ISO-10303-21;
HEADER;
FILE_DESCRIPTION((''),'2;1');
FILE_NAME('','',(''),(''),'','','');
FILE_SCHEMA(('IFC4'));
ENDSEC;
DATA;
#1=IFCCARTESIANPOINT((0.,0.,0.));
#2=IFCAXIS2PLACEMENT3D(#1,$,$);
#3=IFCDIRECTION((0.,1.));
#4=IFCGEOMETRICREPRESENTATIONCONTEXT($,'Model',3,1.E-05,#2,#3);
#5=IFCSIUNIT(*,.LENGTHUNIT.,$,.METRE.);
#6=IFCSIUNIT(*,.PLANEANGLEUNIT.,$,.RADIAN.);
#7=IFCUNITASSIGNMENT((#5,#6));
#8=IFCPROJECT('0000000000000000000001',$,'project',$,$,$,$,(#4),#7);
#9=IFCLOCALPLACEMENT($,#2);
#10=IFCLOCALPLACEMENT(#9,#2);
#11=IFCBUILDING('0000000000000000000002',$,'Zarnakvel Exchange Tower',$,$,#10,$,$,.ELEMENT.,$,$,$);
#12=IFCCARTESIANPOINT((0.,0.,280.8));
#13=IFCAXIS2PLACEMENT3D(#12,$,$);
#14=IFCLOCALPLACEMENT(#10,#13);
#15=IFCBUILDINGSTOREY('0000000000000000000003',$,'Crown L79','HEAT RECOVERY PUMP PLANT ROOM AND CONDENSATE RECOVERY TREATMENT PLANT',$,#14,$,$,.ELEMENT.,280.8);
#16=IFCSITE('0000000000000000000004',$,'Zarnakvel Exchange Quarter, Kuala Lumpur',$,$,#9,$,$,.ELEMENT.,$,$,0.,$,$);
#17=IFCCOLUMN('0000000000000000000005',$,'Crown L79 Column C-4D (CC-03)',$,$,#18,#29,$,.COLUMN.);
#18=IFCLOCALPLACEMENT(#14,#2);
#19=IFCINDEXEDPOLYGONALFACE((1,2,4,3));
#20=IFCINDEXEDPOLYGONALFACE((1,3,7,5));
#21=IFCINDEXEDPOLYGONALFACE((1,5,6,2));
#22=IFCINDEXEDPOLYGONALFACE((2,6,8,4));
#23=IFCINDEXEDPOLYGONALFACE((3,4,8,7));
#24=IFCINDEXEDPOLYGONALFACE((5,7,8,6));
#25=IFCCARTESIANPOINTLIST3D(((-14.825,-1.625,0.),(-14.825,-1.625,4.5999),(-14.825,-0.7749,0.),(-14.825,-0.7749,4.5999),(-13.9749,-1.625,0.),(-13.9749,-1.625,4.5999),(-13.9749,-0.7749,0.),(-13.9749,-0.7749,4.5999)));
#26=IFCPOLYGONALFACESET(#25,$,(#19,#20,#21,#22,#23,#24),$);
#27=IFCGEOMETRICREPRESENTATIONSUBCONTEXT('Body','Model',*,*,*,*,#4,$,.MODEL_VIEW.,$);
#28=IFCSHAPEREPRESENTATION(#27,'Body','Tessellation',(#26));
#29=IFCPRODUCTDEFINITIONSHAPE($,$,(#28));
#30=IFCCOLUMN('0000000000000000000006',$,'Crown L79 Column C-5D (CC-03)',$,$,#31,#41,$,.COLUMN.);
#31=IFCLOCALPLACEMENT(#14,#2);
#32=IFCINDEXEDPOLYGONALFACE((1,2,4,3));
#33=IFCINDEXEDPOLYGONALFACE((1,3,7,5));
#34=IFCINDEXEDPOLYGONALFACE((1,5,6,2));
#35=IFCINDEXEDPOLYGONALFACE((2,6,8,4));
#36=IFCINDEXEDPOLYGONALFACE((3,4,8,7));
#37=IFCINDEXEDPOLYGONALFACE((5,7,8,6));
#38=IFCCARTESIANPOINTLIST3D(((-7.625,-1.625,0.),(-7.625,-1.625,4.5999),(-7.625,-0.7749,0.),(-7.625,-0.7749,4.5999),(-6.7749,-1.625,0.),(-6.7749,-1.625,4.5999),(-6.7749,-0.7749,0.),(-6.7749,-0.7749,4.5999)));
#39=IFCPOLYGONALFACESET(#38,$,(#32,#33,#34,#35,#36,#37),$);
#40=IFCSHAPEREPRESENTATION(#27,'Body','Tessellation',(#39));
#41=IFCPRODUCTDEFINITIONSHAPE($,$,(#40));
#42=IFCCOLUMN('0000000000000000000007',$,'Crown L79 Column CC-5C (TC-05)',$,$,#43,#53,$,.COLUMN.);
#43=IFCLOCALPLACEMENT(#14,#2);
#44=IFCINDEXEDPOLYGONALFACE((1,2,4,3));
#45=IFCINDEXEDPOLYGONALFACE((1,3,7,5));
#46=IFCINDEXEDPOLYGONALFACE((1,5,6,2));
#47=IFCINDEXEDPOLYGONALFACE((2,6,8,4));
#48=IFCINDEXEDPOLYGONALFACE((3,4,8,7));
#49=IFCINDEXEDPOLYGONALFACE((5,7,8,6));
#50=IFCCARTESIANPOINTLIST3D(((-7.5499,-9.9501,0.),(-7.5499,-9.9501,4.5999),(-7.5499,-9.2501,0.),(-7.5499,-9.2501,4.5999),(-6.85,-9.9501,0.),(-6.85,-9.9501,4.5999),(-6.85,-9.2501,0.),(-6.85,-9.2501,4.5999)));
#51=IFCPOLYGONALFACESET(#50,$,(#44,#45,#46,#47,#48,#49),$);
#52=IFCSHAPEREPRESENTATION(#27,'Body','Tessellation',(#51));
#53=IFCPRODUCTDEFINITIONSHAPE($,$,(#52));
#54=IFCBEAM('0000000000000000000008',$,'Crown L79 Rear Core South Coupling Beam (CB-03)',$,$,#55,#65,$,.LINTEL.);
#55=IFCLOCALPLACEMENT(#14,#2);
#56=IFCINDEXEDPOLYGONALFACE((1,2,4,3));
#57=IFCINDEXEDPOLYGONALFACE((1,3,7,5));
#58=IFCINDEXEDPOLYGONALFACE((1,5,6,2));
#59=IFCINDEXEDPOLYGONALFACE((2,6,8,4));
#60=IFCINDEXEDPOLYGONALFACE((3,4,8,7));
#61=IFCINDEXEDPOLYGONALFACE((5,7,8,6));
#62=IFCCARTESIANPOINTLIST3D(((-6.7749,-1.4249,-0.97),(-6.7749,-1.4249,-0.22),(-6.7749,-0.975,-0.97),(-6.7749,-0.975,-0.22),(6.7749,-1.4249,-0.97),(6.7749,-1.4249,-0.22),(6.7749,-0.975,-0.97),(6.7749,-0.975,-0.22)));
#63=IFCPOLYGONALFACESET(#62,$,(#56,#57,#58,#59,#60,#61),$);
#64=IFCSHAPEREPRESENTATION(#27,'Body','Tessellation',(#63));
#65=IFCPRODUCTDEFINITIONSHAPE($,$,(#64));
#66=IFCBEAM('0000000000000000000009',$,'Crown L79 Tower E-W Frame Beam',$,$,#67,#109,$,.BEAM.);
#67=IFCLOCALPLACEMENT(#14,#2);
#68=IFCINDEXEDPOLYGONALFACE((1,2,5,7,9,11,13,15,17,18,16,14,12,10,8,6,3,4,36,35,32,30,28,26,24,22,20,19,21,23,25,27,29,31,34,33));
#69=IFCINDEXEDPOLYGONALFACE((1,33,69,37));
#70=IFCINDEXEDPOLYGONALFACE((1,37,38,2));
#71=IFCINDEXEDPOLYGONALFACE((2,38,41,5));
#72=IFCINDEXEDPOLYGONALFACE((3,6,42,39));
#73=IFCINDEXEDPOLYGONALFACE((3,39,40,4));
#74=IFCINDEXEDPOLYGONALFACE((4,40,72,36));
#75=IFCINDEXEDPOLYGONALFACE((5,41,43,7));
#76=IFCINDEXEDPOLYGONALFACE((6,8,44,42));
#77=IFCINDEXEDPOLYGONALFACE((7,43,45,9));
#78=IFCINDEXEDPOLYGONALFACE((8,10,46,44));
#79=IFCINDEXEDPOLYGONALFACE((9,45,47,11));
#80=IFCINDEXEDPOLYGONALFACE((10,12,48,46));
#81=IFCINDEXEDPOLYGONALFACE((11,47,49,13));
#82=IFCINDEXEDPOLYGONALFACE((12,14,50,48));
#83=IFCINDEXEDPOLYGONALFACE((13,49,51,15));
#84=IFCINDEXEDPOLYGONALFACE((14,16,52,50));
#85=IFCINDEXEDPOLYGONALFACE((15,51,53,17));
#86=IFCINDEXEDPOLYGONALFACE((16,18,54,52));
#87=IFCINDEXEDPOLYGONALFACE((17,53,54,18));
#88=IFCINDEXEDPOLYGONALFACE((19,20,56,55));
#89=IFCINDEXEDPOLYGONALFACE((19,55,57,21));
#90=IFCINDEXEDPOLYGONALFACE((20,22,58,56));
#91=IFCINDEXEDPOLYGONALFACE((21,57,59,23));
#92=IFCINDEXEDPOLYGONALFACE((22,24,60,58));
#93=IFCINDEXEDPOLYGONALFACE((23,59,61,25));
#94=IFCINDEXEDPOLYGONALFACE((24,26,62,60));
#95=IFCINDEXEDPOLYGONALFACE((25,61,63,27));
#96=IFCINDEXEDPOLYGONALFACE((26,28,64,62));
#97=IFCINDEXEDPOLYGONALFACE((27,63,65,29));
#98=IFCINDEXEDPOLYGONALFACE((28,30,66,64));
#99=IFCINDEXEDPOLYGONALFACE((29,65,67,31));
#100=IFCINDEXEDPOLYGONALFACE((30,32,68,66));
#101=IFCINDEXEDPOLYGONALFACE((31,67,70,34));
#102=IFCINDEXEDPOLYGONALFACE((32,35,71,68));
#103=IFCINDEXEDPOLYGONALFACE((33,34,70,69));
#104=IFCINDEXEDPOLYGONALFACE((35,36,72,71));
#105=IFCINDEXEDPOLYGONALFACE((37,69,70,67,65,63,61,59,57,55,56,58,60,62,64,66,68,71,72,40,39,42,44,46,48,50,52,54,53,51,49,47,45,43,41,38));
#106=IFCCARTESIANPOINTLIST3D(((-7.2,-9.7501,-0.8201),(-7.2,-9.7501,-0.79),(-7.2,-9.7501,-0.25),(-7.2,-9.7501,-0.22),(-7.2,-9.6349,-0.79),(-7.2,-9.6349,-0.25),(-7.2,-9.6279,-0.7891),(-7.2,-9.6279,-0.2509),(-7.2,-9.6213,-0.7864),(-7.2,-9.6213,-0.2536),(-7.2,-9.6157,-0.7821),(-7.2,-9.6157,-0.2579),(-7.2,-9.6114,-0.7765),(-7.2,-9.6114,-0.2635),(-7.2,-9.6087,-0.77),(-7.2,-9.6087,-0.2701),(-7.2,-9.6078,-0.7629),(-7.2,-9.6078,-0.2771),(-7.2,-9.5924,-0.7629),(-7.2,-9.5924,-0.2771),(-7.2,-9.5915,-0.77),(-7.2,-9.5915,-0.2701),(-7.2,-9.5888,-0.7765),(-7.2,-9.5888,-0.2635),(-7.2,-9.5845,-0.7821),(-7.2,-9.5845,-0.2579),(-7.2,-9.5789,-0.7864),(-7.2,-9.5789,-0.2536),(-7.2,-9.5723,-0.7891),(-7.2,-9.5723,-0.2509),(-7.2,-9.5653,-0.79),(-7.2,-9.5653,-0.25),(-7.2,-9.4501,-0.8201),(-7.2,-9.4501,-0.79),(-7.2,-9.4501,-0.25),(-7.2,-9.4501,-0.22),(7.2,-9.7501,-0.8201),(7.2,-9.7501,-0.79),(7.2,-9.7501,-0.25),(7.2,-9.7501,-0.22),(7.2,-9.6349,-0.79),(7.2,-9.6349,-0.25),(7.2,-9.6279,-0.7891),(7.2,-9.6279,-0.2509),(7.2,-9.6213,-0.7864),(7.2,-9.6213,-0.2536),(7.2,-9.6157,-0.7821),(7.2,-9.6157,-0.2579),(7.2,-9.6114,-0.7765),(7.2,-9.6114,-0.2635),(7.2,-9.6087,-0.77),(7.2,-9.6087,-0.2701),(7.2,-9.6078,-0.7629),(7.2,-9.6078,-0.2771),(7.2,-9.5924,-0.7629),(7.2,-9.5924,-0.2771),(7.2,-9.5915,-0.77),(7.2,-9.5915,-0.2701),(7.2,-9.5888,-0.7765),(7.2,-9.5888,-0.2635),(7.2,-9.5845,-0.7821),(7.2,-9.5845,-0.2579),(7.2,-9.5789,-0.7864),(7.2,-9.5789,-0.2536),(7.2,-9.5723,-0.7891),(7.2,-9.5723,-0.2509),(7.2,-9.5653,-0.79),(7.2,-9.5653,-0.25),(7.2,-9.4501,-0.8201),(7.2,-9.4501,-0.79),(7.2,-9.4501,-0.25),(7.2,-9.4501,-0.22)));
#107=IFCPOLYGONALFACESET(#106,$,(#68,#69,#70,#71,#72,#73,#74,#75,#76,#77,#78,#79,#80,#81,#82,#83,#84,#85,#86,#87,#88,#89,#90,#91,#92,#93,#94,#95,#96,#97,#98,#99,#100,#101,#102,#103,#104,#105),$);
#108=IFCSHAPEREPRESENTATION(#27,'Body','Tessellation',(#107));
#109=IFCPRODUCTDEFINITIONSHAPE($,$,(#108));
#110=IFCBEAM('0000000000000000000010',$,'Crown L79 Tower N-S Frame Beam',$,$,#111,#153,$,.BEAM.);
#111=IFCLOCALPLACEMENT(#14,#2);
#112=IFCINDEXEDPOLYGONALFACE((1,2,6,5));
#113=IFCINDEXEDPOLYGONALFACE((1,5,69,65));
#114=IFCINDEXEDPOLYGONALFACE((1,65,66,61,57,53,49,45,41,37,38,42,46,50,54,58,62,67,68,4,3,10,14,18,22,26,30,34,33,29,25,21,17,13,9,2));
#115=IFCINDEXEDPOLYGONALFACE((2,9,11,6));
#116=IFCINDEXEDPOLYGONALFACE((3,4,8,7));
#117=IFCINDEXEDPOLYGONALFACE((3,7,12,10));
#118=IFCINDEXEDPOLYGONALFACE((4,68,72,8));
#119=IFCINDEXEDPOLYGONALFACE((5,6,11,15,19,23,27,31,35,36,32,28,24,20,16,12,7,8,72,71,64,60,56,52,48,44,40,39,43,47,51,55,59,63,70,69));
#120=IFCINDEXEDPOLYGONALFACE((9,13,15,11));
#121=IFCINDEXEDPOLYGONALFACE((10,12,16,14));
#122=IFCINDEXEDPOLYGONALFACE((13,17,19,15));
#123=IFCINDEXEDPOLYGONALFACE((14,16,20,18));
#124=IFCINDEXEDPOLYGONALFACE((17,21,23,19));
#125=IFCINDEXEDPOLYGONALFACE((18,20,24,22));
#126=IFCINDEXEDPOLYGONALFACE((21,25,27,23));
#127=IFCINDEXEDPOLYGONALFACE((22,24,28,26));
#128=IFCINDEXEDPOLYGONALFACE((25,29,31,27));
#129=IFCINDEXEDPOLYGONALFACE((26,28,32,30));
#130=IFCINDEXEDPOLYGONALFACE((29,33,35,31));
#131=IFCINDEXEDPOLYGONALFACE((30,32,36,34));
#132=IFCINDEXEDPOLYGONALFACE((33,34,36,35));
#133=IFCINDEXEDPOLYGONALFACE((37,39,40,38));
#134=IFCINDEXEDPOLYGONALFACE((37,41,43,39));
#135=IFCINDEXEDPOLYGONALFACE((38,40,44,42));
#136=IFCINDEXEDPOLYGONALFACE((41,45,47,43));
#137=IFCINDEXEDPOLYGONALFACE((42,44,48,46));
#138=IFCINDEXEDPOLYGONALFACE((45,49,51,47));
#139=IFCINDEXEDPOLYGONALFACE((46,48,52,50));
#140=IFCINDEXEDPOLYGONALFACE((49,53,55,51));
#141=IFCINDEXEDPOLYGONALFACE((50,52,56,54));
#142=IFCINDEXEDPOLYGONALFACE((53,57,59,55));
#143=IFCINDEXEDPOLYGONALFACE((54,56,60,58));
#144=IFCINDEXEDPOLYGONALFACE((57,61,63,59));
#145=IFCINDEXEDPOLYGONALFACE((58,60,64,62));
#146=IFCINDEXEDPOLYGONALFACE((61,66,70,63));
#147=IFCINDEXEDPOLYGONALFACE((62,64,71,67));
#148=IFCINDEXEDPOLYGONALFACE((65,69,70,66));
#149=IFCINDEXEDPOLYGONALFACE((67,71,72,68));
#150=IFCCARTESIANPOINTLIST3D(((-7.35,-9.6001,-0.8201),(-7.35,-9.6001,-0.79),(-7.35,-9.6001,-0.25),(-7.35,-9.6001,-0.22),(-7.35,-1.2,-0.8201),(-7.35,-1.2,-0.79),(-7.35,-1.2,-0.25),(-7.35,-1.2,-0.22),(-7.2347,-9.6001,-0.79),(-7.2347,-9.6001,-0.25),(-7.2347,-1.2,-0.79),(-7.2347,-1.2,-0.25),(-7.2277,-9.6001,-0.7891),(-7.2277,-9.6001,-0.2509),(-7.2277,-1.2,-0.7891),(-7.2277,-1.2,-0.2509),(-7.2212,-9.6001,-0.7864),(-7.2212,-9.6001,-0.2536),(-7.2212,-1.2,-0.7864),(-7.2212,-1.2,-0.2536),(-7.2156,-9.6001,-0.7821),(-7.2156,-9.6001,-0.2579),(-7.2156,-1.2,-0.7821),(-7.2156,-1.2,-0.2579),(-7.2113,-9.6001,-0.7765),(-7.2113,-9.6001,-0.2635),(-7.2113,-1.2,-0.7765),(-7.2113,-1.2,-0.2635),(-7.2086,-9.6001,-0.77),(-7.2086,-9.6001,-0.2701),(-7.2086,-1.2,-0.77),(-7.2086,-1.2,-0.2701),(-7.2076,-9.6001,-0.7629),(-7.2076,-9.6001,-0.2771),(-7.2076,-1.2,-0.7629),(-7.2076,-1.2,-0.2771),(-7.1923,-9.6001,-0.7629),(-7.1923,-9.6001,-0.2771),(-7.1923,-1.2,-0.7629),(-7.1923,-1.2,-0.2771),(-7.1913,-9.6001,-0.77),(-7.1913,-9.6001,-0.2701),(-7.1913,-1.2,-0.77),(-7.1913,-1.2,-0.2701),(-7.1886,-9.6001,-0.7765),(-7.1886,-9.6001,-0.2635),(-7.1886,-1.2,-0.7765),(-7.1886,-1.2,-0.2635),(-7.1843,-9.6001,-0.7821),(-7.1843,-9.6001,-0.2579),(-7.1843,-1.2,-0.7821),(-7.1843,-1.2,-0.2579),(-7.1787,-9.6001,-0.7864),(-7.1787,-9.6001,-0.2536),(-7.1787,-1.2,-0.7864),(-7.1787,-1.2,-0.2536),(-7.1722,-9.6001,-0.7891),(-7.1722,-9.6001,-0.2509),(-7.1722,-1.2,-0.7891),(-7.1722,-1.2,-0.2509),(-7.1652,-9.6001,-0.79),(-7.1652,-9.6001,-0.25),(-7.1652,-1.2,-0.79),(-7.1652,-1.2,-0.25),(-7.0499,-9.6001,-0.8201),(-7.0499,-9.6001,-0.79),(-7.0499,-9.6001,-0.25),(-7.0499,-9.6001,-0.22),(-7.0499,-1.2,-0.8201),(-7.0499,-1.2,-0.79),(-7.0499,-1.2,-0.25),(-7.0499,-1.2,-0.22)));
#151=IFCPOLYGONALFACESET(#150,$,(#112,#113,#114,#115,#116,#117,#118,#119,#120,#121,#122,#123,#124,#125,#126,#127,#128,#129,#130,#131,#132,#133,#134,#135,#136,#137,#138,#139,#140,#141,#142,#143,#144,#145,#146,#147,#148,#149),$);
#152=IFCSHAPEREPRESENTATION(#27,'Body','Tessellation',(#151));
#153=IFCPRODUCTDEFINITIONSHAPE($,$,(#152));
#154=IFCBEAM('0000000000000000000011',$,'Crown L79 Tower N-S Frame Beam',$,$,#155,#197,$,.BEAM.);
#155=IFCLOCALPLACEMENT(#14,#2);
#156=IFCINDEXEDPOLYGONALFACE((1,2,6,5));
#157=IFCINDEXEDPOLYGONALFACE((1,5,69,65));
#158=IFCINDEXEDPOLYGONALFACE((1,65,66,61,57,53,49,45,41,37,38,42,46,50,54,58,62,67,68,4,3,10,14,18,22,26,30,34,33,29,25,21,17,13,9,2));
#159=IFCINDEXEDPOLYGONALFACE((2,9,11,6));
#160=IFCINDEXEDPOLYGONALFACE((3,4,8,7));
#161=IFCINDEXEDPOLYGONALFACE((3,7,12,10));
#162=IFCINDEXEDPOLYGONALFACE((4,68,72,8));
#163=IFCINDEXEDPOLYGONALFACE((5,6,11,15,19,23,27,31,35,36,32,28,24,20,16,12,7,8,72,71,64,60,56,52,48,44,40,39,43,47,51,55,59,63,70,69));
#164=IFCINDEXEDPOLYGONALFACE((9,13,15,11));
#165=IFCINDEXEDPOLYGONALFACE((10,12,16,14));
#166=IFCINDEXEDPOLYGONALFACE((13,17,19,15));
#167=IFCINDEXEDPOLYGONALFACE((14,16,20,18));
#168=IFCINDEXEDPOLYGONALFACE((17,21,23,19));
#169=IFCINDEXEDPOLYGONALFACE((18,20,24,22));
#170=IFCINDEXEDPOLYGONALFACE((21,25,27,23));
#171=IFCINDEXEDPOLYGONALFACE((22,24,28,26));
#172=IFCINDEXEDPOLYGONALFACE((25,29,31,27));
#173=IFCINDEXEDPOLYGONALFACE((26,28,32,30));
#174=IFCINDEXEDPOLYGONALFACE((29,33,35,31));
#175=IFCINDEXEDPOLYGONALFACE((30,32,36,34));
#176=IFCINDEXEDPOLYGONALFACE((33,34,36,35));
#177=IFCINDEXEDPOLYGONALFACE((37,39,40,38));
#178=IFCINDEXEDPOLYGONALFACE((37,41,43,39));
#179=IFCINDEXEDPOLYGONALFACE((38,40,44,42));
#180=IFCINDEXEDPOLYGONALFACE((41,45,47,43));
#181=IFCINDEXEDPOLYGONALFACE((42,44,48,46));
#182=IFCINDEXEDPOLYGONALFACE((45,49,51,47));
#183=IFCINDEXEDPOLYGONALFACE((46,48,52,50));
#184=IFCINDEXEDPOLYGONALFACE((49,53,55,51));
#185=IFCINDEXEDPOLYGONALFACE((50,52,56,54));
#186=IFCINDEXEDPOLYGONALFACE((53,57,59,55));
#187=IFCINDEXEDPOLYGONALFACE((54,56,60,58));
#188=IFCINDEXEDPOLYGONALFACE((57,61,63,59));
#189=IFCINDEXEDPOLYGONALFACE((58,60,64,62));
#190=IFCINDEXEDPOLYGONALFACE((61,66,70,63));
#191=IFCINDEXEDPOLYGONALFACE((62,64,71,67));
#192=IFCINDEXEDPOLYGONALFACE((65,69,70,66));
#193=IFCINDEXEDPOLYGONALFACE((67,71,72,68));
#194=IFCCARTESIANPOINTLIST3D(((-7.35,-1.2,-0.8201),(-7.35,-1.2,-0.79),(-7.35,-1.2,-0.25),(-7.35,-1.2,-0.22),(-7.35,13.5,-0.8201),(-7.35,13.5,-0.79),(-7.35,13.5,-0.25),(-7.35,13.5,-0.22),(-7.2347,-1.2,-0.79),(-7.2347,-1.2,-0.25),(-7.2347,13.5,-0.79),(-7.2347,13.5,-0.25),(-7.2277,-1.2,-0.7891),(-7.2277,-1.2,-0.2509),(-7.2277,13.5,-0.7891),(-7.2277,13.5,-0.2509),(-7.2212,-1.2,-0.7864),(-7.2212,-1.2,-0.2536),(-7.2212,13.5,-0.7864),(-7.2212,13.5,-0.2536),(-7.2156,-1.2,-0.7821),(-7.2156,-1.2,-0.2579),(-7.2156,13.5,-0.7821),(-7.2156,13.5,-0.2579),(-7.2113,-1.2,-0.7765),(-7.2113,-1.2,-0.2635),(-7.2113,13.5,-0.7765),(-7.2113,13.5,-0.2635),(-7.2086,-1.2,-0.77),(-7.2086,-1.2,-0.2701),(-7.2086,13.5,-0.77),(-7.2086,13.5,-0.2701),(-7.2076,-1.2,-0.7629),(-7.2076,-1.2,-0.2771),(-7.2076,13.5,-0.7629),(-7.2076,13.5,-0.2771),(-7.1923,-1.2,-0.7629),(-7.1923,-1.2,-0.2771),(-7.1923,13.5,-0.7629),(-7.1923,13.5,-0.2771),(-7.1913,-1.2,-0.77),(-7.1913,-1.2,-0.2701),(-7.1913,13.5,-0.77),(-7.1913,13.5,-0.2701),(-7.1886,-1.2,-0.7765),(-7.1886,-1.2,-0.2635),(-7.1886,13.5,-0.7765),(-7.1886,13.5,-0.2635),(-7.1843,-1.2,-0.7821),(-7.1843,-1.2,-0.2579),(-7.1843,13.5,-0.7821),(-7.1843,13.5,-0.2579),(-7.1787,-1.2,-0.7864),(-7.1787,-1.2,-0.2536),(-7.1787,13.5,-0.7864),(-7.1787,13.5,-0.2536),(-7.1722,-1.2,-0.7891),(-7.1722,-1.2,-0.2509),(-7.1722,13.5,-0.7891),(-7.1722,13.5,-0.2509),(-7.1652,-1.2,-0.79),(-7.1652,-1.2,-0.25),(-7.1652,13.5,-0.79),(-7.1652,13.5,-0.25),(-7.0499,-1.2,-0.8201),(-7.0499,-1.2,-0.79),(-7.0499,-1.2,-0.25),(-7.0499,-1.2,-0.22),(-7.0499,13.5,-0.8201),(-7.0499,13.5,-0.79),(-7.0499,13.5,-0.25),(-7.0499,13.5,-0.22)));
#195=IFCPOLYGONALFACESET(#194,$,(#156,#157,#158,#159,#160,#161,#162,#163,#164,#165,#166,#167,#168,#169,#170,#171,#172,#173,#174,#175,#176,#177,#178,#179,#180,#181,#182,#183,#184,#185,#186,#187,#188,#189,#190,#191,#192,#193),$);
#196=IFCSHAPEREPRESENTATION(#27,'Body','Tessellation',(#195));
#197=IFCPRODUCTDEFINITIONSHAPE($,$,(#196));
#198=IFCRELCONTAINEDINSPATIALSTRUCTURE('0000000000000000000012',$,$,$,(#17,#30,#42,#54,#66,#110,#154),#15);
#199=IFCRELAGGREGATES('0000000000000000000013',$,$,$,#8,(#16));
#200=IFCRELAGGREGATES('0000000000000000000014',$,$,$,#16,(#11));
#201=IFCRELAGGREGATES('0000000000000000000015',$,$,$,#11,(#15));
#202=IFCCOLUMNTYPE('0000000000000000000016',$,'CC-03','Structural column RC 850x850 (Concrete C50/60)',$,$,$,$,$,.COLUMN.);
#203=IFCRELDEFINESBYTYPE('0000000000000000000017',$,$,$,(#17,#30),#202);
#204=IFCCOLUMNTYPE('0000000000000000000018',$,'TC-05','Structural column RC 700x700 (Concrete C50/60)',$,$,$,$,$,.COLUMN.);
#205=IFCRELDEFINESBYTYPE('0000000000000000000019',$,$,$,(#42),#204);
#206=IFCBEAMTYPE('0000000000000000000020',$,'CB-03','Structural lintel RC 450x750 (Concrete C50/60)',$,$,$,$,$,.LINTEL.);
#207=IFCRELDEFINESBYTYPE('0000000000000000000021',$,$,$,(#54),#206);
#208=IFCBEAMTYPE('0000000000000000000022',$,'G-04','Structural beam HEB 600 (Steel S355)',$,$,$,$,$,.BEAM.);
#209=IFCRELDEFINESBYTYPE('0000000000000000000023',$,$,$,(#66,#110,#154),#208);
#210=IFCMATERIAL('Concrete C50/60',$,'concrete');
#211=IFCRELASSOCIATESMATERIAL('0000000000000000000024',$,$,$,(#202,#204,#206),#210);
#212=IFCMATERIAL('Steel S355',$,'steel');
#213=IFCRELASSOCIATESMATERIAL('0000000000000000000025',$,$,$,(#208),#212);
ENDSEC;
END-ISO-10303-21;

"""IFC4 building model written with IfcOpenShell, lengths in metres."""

from ifc_helpers import new_model, si_unit, direction, frame, origin, origin_2d, place, context, subcontext, project, spatial, rectangle, i_section, extrude, material, material_profile, profile_set, type_object, element, save


model = new_model("IFC4")

# Units and contexts
model_context = context("Model", 3, precision=1e-05, world=origin(), true_north=direction((0.0, 1.0)))
body_context = subcontext(model_context, "Body", "Model", "MODEL_VIEW")
ifc_project = project(units=[si_unit("LENGTHUNIT", "METRE"), si_unit("PLANEANGLEUNIT", "RADIAN")], contexts=[model_context])

# Site, building, storey
site_placement = place(None, origin())
site = spatial("IfcSite", under=ifc_project, at=site_placement, Name="Zarnakvel Exchange Quarter, Kuala Lumpur", CompositionType="ELEMENT", RefElevation=0.0)
building_placement = place(site_placement, origin())
building = spatial("IfcBuilding", under=site, at=building_placement, Name="Zarnakvel Exchange Tower", CompositionType="ELEMENT")
storey_placement = place(building_placement, frame((0.0, 0.0, 280.8)))
storey = spatial("IfcBuildingStorey", under=building, at=storey_placement, Name="Crown L79", Description="HEAT RECOVERY PUMP PLANT ROOM AND CONDENSATE RECOVERY TREATMENT PLANT", CompositionType="ELEMENT", Elevation=280.8)

# Columns
ifc_material_1 = material(Name="Concrete C50/60", Category="concrete")
ifc_material_profile_1 = material_profile(ifc_material_1, rectangle(XDim=0.8501, YDim=0.8501, at=origin_2d()))
ifc_profile_set_1 = profile_set([ifc_material_profile_1], Name="Concrete C50/60")
column_type_1 = type_object("IfcColumnType", Name="CC-03", Description="Structural column RC 850x850 (Concrete C50/60)", PredefinedType="COLUMN", material=ifc_profile_set_1)
for number, where, z_axis, x_axis, name in (
    (1, (-14.3999, -1.2, 0.0), (0.0, 0.0, 1.0), (1.0, 0.0, 0.0), "Crown L79 Column C-4D (CC-03)"),
    (2, (-7.2, -1.2, 0.0), (0.0, 0.0, 1.0), (1.0, 0.0, 0.0), "Crown L79 Column C-5D (CC-03)"),
):
    element("IfcColumn", number, at=place(storey_placement, frame(where, z_axis=z_axis, x_axis=x_axis)), inside=storey, type_object=column_type_1, Name=name, PredefinedType="COLUMN", context=body_context, shape_type="SweptSolid", body=[
        extrude(rectangle(XDim=0.8501, YDim=0.8501, at=origin_2d()), origin(), (0.0, 0.0, 1.0), 4.5999),
    ])
ifc_material_profile_2 = material_profile(ifc_material_1, rectangle(XDim=0.7, YDim=0.7, at=origin_2d()))
ifc_profile_set_2 = profile_set([ifc_material_profile_2], Name="Concrete C50/60")
column_type_2 = type_object("IfcColumnType", Name="TC-05", Description="Structural column RC 700x700 (Concrete C50/60)", PredefinedType="COLUMN", material=ifc_profile_set_2)
column_placement = place(storey_placement, frame((-7.2, -9.6001, 0.0), z_axis=(0.0, 0.0, 1.0), x_axis=(1.0, 0.0, 0.0)))
element("IfcColumn", 3, at=column_placement, inside=storey, type_object=column_type_2, Name="Crown L79 Column CC-5C (TC-05)", PredefinedType="COLUMN", context=body_context, shape_type="SweptSolid", body=[
    extrude(rectangle(XDim=0.7, YDim=0.7, at=origin_2d()), origin(), (0.0, 0.0, 1.0), 4.5999),
])

# Beams
ifc_material_profile_3 = material_profile(ifc_material_1, rectangle(XDim=0.45, YDim=0.75, at=origin_2d()))
ifc_profile_set_3 = profile_set([ifc_material_profile_3], Name="Concrete C50/60")
beam_type_1 = type_object("IfcBeamType", Name="CB-03", Description="Structural lintel RC 450x750 (Concrete C50/60)", PredefinedType="LINTEL", material=ifc_profile_set_3)
beam_1_placement = place(storey_placement, frame((-6.7749, -1.2, -0.595), z_axis=(1.0, 0.0, 0.0), x_axis=(0.0, 1.0, 0.0)))
element("IfcBeam", 4, at=beam_1_placement, inside=storey, type_object=beam_type_1, Name="Crown L79 Rear Core South Coupling Beam (CB-03)", PredefinedType="LINTEL", context=body_context, shape_type="SweptSolid", body=[
    extrude(rectangle(XDim=0.45, YDim=0.75, at=origin_2d()), origin(), (0.0, 0.0, 1.0), 13.5498),
])
ifc_material_2 = material(Name="Steel S355", Category="steel")
ifc_material_profile_4 = material_profile(ifc_material_2, i_section(OverallWidth=0.3, OverallDepth=0.6001, WebThickness=0.0154, FlangeThickness=0.03, FilletRadius=0.0271, at=origin_2d()))
ifc_profile_set_4 = profile_set([ifc_material_profile_4], Name="Steel S355")
beam_type_2 = type_object("IfcBeamType", Name="G-04", Description="Structural beam HEB 600 (Steel S355)", PredefinedType="BEAM", material=ifc_profile_set_4)
beam_2_placement = place(storey_placement, frame((-7.2, -9.6001, -0.52), z_axis=(1.0, 0.0, 0.0), x_axis=(0.0, 1.0, 0.0)))
element("IfcBeam", 5, at=beam_2_placement, inside=storey, type_object=beam_type_2, Name="Crown L79 Tower E-W Frame Beam", PredefinedType="BEAM", context=body_context, shape_type="SweptSolid", body=[
    extrude(i_section(OverallWidth=0.3, OverallDepth=0.6001, WebThickness=0.0154, FlangeThickness=0.03, FilletRadius=0.0271, at=origin_2d()), origin(), (0.0, 0.0, 1.0), 14.3999),
])
beam_3_placement = place(storey_placement, frame((-7.2, -9.6001, -0.52), z_axis=(0.0, 1.0, 0.0), x_axis=(-1.0, 0.0, 0.0)))
element("IfcBeam", 6, at=beam_3_placement, inside=storey, type_object=beam_type_2, Name="Crown L79 Tower N-S Frame Beam", PredefinedType="BEAM", context=body_context, shape_type="SweptSolid", body=[
    extrude(i_section(OverallWidth=0.3, OverallDepth=0.6001, WebThickness=0.0154, FlangeThickness=0.03, FilletRadius=0.0271, at=origin_2d()), origin(), (0.0, 0.0, 1.0), 8.4001),
])
beam_4_placement = place(storey_placement, frame((-7.2, -1.2, -0.52), z_axis=(0.0, 1.0, 0.0), x_axis=(-1.0, 0.0, 0.0)))
element("IfcBeam", 7, at=beam_4_placement, inside=storey, type_object=beam_type_2, Name="Crown L79 Tower N-S Frame Beam", PredefinedType="BEAM", context=body_context, shape_type="SweptSolid", body=[
    extrude(i_section(OverallWidth=0.3, OverallDepth=0.6001, WebThickness=0.0154, FlangeThickness=0.03, FilletRadius=0.0271, at=origin_2d()), origin(), (0.0, 0.0, 1.0), 14.7),
])

save(model, "model.ifc")
